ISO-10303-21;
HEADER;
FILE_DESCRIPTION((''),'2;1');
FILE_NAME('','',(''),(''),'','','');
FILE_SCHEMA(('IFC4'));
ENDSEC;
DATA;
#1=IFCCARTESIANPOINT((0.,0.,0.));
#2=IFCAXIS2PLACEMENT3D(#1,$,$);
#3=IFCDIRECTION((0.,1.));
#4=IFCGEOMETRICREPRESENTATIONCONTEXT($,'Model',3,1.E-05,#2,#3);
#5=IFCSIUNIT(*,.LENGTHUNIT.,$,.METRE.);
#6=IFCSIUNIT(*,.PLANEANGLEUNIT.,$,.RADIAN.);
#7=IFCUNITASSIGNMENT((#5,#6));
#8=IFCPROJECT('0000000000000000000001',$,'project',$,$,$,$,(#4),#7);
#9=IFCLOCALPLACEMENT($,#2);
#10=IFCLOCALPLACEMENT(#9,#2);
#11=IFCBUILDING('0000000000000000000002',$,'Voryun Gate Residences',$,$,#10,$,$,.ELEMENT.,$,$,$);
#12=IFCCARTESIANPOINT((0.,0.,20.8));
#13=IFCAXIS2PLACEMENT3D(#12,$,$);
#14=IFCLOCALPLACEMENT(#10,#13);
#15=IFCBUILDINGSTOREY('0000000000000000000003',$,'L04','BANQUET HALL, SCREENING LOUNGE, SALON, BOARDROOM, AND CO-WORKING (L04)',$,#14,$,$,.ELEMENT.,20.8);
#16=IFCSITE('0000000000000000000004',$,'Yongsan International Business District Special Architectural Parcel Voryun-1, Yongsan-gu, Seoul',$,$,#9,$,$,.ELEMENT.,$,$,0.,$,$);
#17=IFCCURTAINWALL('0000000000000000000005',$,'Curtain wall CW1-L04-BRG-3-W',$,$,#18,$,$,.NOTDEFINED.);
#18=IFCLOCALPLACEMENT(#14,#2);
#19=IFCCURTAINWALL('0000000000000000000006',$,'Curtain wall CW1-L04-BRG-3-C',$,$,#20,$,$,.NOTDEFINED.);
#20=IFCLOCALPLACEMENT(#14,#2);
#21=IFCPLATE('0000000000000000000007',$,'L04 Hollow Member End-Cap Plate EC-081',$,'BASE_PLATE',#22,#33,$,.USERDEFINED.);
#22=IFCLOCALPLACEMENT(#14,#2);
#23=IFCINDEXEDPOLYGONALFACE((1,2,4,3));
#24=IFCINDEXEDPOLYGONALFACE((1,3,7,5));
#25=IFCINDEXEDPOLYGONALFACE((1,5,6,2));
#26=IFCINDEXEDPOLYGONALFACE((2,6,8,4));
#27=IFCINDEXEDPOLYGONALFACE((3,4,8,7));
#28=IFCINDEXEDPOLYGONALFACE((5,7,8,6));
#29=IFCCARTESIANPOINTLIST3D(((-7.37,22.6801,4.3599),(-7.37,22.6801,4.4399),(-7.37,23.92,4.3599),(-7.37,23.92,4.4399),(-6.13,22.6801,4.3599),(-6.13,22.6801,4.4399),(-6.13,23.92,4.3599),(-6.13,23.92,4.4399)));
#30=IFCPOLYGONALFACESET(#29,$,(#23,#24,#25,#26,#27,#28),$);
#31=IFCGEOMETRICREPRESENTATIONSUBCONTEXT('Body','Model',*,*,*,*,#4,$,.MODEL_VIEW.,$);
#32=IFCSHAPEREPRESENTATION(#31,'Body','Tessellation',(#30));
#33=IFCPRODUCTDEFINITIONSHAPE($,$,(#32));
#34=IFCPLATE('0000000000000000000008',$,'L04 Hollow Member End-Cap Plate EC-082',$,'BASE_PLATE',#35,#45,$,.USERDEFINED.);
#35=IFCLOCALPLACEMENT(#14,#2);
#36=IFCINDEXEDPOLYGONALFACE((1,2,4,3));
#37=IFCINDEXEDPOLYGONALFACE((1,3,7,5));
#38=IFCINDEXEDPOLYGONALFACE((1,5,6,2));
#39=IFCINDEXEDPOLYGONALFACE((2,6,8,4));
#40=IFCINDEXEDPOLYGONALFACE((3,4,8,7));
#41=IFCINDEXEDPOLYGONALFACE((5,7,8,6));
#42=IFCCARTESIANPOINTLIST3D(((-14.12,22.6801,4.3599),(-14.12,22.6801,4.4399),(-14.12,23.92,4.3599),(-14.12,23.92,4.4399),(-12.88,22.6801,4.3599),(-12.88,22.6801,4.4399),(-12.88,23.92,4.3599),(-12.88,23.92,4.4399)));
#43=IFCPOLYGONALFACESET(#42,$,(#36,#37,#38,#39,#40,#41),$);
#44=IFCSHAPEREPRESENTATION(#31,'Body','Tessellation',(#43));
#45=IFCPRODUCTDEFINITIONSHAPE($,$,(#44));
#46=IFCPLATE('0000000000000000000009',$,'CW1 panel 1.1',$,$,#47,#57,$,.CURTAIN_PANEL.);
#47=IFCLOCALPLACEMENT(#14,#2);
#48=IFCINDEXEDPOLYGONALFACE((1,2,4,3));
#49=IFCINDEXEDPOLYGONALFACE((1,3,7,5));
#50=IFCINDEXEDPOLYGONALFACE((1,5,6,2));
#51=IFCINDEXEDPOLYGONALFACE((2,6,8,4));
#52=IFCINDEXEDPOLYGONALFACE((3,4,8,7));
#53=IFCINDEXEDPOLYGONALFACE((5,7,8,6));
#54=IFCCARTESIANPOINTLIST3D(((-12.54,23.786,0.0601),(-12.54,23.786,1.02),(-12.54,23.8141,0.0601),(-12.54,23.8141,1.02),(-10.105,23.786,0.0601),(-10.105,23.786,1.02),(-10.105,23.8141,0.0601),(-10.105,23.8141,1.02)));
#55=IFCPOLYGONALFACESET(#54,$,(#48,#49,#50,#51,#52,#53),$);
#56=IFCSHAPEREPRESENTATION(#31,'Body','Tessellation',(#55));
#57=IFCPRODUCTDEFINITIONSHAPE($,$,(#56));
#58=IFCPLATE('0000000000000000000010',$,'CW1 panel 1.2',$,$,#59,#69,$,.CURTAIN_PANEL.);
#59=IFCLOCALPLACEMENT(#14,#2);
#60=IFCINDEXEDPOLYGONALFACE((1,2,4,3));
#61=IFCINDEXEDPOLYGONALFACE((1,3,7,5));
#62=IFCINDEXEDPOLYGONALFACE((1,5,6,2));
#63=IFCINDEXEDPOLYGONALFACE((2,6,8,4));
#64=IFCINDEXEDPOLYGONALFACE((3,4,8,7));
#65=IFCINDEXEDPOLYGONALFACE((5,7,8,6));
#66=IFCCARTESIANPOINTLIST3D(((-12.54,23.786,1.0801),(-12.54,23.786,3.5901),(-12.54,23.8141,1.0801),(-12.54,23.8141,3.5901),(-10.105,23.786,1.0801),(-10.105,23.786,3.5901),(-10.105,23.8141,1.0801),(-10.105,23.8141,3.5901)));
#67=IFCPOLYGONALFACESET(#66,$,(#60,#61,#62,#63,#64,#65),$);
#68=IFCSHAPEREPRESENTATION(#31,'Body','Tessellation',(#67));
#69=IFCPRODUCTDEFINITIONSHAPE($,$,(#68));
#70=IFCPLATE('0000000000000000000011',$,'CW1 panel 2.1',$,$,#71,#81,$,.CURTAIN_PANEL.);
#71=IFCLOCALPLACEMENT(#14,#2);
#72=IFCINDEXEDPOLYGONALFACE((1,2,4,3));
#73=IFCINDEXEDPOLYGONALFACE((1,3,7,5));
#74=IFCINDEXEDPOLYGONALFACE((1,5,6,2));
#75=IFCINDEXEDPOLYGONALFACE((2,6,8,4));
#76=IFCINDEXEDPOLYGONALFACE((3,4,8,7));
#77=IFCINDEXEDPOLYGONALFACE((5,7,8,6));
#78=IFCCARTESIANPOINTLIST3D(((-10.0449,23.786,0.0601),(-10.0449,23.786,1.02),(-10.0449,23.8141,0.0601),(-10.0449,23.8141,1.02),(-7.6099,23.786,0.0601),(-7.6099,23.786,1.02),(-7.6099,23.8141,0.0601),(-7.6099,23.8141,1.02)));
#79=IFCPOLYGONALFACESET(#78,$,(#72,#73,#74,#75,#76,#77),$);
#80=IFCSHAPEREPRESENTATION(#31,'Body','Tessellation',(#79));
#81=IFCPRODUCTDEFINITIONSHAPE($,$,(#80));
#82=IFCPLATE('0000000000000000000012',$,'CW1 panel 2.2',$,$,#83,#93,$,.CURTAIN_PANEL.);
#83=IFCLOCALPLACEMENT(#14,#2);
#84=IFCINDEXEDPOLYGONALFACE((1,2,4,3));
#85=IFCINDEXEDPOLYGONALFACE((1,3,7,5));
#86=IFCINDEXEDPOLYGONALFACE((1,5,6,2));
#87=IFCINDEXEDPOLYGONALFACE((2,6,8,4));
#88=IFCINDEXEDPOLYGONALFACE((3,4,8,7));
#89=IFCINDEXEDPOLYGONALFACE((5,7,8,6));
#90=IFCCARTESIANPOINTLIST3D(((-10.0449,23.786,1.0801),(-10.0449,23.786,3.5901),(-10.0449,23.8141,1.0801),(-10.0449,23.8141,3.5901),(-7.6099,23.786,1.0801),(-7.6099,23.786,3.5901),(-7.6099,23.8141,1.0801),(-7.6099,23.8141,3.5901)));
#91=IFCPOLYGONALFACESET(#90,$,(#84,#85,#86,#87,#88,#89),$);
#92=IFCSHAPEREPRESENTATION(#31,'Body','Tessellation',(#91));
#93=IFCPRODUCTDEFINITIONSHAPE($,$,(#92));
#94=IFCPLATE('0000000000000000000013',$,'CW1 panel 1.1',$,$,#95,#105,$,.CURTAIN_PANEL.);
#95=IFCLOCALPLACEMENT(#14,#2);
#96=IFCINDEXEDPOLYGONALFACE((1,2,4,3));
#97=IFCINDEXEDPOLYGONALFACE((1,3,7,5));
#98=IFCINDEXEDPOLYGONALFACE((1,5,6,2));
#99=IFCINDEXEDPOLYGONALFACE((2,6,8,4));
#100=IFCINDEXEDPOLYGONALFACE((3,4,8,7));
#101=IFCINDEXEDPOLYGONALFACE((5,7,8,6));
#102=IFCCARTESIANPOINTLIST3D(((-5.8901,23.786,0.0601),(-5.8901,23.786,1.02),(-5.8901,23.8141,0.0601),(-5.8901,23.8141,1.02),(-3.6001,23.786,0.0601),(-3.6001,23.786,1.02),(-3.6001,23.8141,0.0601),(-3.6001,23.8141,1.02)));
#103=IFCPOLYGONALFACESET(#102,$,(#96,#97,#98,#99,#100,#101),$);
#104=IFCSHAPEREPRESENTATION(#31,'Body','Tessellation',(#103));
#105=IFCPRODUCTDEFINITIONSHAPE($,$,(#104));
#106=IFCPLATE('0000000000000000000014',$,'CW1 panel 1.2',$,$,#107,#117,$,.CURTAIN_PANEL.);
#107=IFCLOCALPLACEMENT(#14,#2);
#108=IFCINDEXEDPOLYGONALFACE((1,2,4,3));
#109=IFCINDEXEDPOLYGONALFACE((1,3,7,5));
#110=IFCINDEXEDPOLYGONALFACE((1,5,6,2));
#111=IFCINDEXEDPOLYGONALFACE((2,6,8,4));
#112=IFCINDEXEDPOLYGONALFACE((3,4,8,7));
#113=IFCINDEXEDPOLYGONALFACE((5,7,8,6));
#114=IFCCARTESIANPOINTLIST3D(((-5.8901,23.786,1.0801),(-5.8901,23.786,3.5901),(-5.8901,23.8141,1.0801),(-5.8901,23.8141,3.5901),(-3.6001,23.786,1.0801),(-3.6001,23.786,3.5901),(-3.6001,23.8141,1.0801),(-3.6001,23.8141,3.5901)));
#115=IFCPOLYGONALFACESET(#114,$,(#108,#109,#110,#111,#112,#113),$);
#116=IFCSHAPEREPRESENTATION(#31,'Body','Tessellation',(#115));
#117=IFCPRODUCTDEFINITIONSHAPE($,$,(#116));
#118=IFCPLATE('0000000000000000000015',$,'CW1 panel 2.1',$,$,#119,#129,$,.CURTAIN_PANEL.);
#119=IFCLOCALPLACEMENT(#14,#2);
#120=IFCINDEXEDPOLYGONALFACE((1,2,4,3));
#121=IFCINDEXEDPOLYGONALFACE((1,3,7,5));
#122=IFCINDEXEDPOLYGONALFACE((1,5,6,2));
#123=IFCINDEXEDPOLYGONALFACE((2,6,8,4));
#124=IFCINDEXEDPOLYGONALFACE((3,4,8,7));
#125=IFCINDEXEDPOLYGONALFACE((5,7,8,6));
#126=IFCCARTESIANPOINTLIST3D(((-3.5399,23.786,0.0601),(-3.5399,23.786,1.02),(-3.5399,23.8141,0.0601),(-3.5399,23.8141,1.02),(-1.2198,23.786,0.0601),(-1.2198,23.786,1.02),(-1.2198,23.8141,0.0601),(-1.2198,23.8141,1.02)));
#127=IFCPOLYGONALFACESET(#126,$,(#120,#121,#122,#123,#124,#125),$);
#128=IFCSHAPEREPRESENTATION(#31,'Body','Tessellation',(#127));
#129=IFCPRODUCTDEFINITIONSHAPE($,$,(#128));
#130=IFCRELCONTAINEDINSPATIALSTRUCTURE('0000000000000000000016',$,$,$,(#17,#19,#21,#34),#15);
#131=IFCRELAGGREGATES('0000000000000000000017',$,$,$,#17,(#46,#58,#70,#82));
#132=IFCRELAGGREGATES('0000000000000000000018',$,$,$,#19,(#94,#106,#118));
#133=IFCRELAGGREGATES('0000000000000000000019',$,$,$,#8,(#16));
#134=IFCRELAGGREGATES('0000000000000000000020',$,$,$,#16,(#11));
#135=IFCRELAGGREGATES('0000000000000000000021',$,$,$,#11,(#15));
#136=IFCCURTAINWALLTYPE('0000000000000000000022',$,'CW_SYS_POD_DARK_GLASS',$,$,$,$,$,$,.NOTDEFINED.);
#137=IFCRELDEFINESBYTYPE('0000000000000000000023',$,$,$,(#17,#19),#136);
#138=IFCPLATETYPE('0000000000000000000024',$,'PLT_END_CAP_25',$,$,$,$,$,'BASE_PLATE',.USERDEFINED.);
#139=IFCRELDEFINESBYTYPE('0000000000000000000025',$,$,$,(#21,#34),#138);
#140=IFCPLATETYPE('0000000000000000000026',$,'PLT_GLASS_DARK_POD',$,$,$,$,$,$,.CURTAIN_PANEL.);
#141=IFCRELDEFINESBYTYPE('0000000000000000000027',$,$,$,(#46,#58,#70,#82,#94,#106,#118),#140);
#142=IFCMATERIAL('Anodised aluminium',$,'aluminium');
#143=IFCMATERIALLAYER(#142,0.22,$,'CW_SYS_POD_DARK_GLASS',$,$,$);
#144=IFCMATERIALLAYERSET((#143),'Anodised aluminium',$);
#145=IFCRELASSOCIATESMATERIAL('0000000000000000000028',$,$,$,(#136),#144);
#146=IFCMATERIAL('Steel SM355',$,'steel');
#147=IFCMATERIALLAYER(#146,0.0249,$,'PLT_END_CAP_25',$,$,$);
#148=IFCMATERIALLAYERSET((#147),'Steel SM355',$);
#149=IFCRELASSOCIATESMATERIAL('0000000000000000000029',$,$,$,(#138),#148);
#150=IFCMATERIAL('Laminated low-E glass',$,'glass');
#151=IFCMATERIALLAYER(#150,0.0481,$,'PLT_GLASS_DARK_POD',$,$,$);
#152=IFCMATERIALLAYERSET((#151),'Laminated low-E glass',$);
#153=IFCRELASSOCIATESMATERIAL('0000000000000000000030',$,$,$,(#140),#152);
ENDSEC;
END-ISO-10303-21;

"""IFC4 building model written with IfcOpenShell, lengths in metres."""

from ifc_helpers import new_model, si_unit, direction, frame, origin, origin_2d, place, context, subcontext, project, spatial, rectangle, extrude, material, layer, layer_set, type_object, element, aggregate, save


model = new_model("IFC4")

# Units and contexts
model_context = context("Model", 3, precision=1e-05, world=origin(), true_north=direction((0.0, 1.0)))
body_context = subcontext(model_context, "Body", "Model", "MODEL_VIEW")
ifc_project = project(units=[si_unit("LENGTHUNIT", "METRE"), si_unit("PLANEANGLEUNIT", "RADIAN")], contexts=[model_context])

# Site, building, storey
site_placement = place(None, origin())
site = spatial("IfcSite", under=ifc_project, at=site_placement, Name="Yongsan International Business District Special Architectural Parcel Voryun-1, Yongsan-gu, Seoul", CompositionType="ELEMENT", RefElevation=0.0)
building_placement = place(site_placement, origin())
building = spatial("IfcBuilding", under=site, at=building_placement, Name="Voryun Gate Residences", CompositionType="ELEMENT")
storey_placement = place(building_placement, frame((0.0, 0.0, 20.8)))
storey = spatial("IfcBuildingStorey", under=building, at=storey_placement, Name="L04", Description="BANQUET HALL, SCREENING LOUNGE, SALON, BOARDROOM, AND CO-WORKING (L04)", CompositionType="ELEMENT", Elevation=20.8)

# Curtain walls
ifc_material_1 = material(Name="Anodised aluminium", Category="aluminium")
ifc_layer_1 = layer(ifc_material_1, 0.22, Name="CW_SYS_POD_DARK_GLASS")
ifc_layer_set_1 = layer_set([ifc_layer_1], Name="Anodised aluminium")
curtain_wall_type = type_object("IfcCurtainWallType", Name="CW_SYS_POD_DARK_GLASS", PredefinedType="NOTDEFINED", material=ifc_layer_set_1)
curtain_wall_1_placement = place(storey_placement, origin())
curtain_wall_1 = element("IfcCurtainWall", 1, at=curtain_wall_1_placement, inside=storey, type_object=curtain_wall_type, Name="Curtain wall CW1-L04-BRG-3-W", PredefinedType="NOTDEFINED")
curtain_wall_2_placement = place(storey_placement, origin())
curtain_wall_2 = element("IfcCurtainWall", 2, at=curtain_wall_2_placement, inside=storey, type_object=curtain_wall_type, Name="Curtain wall CW1-L04-BRG-3-C", PredefinedType="NOTDEFINED")

# Plates
ifc_material_2 = material(Name="Steel SM355", Category="steel")
ifc_layer_2 = layer(ifc_material_2, 0.0249, Name="PLT_END_CAP_25")
ifc_layer_set_2 = layer_set([ifc_layer_2], Name="Steel SM355")
plate_type_1 = type_object("IfcPlateType", Name="PLT_END_CAP_25", ElementType="BASE_PLATE", PredefinedType="USERDEFINED", material=ifc_layer_set_2)
for number, where, z_axis, x_axis, name in (
    (3, (-6.75, 23.3, 4.3599), (0.0, 0.0, 1.0), (1.0, 0.0, 0.0), "L04 Hollow Member End-Cap Plate EC-081"),
    (4, (-13.5, 23.3, 4.3599), (0.0, 0.0, 1.0), (1.0, 0.0, 0.0), "L04 Hollow Member End-Cap Plate EC-082"),
):
    element("IfcPlate", number, at=place(storey_placement, frame(where, z_axis=z_axis, x_axis=x_axis)), inside=storey, type_object=plate_type_1, Name=name, ObjectType="BASE_PLATE", PredefinedType="USERDEFINED", context=body_context, shape_type="SweptSolid", body=[
        extrude(rectangle(XDim=1.24, YDim=1.24, at=origin_2d()), origin(), (0.0, 0.0, 1.0), 0.0801),
    ])

# Plates
ifc_material_3 = material(Name="Laminated low-E glass", Category="glass")
ifc_layer_3 = layer(ifc_material_3, 0.0481, Name="PLT_GLASS_DARK_POD")
ifc_layer_set_3 = layer_set([ifc_layer_3], Name="Laminated low-E glass")
plate_type_2 = type_object("IfcPlateType", Name="PLT_GLASS_DARK_POD", PredefinedType="CURTAIN_PANEL", material=ifc_layer_set_3)
plate_1_placement = place(storey_placement, frame((-11.3225, 23.8, 0.0601), z_axis=(0.0, 0.0, 1.0), x_axis=(1.0, 0.0, 0.0)))
plate_1 = element("IfcPlate", 5, at=plate_1_placement, type_object=plate_type_2, Name="CW1 panel 1.1", PredefinedType="CURTAIN_PANEL", context=body_context, shape_type="SweptSolid", body=[
    extrude(rectangle(XDim=2.4351, YDim=0.0281, at=origin_2d()), origin(), (0.0, 0.0, 1.0), 0.96),
])
plate_2_placement = place(storey_placement, frame((-11.3225, 23.8, 1.0801), z_axis=(0.0, 0.0, 1.0), x_axis=(1.0, 0.0, 0.0)))
plate_2 = element("IfcPlate", 6, at=plate_2_placement, type_object=plate_type_2, Name="CW1 panel 1.2", PredefinedType="CURTAIN_PANEL", context=body_context, shape_type="SweptSolid", body=[
    extrude(rectangle(XDim=2.4351, YDim=0.0281, at=origin_2d()), origin(), (0.0, 0.0, 1.0), 2.51),
])
plate_3_placement = place(storey_placement, frame((-8.8274, 23.8, 0.0601), z_axis=(0.0, 0.0, 1.0), x_axis=(1.0, 0.0, 0.0)))
plate_3 = element("IfcPlate", 7, at=plate_3_placement, type_object=plate_type_2, Name="CW1 panel 2.1", PredefinedType="CURTAIN_PANEL", context=body_context, shape_type="SweptSolid", body=[
    extrude(rectangle(XDim=2.4351, YDim=0.0281, at=origin_2d()), origin(), (0.0, 0.0, 1.0), 0.96),
])
plate_4_placement = place(storey_placement, frame((-8.8274, 23.8, 1.0801), z_axis=(0.0, 0.0, 1.0), x_axis=(1.0, 0.0, 0.0)))
plate_4 = element("IfcPlate", 8, at=plate_4_placement, type_object=plate_type_2, Name="CW1 panel 2.2", PredefinedType="CURTAIN_PANEL", context=body_context, shape_type="SweptSolid", body=[
    extrude(rectangle(XDim=2.4351, YDim=0.0281, at=origin_2d()), origin(), (0.0, 0.0, 1.0), 2.51),
])
aggregate(curtain_wall_1, [plate_1, plate_2, plate_3, plate_4])
plate_5_placement = place(storey_placement, frame((-4.7451, 23.8, 0.0601), z_axis=(0.0, 0.0, 1.0), x_axis=(1.0, 0.0, 0.0)))
plate_5 = element("IfcPlate", 9, at=plate_5_placement, type_object=plate_type_2, Name="CW1 panel 1.1", PredefinedType="CURTAIN_PANEL", context=body_context, shape_type="SweptSolid", body=[
    extrude(rectangle(XDim=2.29, YDim=0.0281, at=origin_2d()), origin(), (0.0, 0.0, 1.0), 0.96),
])
plate_6_placement = place(storey_placement, frame((-4.7451, 23.8, 1.0801), z_axis=(0.0, 0.0, 1.0), x_axis=(1.0, 0.0, 0.0)))
plate_6 = element("IfcPlate", 10, at=plate_6_placement, type_object=plate_type_2, Name="CW1 panel 1.2", PredefinedType="CURTAIN_PANEL", context=body_context, shape_type="SweptSolid", body=[
    extrude(rectangle(XDim=2.29, YDim=0.0281, at=origin_2d()), origin(), (0.0, 0.0, 1.0), 2.51),
])
plate_7_placement = place(storey_placement, frame((-2.3799, 23.8, 0.0601), z_axis=(0.0, 0.0, 1.0), x_axis=(1.0, 0.0, 0.0)))
plate_7 = element("IfcPlate", 11, at=plate_7_placement, type_object=plate_type_2, Name="CW1 panel 2.1", PredefinedType="CURTAIN_PANEL", context=body_context, shape_type="SweptSolid", body=[
    extrude(rectangle(XDim=2.3201, YDim=0.0281, at=origin_2d()), origin(), (0.0, 0.0, 1.0), 0.96),
])
aggregate(curtain_wall_2, [plate_5, plate_6, plate_7])

save(model, "model.ifc")
